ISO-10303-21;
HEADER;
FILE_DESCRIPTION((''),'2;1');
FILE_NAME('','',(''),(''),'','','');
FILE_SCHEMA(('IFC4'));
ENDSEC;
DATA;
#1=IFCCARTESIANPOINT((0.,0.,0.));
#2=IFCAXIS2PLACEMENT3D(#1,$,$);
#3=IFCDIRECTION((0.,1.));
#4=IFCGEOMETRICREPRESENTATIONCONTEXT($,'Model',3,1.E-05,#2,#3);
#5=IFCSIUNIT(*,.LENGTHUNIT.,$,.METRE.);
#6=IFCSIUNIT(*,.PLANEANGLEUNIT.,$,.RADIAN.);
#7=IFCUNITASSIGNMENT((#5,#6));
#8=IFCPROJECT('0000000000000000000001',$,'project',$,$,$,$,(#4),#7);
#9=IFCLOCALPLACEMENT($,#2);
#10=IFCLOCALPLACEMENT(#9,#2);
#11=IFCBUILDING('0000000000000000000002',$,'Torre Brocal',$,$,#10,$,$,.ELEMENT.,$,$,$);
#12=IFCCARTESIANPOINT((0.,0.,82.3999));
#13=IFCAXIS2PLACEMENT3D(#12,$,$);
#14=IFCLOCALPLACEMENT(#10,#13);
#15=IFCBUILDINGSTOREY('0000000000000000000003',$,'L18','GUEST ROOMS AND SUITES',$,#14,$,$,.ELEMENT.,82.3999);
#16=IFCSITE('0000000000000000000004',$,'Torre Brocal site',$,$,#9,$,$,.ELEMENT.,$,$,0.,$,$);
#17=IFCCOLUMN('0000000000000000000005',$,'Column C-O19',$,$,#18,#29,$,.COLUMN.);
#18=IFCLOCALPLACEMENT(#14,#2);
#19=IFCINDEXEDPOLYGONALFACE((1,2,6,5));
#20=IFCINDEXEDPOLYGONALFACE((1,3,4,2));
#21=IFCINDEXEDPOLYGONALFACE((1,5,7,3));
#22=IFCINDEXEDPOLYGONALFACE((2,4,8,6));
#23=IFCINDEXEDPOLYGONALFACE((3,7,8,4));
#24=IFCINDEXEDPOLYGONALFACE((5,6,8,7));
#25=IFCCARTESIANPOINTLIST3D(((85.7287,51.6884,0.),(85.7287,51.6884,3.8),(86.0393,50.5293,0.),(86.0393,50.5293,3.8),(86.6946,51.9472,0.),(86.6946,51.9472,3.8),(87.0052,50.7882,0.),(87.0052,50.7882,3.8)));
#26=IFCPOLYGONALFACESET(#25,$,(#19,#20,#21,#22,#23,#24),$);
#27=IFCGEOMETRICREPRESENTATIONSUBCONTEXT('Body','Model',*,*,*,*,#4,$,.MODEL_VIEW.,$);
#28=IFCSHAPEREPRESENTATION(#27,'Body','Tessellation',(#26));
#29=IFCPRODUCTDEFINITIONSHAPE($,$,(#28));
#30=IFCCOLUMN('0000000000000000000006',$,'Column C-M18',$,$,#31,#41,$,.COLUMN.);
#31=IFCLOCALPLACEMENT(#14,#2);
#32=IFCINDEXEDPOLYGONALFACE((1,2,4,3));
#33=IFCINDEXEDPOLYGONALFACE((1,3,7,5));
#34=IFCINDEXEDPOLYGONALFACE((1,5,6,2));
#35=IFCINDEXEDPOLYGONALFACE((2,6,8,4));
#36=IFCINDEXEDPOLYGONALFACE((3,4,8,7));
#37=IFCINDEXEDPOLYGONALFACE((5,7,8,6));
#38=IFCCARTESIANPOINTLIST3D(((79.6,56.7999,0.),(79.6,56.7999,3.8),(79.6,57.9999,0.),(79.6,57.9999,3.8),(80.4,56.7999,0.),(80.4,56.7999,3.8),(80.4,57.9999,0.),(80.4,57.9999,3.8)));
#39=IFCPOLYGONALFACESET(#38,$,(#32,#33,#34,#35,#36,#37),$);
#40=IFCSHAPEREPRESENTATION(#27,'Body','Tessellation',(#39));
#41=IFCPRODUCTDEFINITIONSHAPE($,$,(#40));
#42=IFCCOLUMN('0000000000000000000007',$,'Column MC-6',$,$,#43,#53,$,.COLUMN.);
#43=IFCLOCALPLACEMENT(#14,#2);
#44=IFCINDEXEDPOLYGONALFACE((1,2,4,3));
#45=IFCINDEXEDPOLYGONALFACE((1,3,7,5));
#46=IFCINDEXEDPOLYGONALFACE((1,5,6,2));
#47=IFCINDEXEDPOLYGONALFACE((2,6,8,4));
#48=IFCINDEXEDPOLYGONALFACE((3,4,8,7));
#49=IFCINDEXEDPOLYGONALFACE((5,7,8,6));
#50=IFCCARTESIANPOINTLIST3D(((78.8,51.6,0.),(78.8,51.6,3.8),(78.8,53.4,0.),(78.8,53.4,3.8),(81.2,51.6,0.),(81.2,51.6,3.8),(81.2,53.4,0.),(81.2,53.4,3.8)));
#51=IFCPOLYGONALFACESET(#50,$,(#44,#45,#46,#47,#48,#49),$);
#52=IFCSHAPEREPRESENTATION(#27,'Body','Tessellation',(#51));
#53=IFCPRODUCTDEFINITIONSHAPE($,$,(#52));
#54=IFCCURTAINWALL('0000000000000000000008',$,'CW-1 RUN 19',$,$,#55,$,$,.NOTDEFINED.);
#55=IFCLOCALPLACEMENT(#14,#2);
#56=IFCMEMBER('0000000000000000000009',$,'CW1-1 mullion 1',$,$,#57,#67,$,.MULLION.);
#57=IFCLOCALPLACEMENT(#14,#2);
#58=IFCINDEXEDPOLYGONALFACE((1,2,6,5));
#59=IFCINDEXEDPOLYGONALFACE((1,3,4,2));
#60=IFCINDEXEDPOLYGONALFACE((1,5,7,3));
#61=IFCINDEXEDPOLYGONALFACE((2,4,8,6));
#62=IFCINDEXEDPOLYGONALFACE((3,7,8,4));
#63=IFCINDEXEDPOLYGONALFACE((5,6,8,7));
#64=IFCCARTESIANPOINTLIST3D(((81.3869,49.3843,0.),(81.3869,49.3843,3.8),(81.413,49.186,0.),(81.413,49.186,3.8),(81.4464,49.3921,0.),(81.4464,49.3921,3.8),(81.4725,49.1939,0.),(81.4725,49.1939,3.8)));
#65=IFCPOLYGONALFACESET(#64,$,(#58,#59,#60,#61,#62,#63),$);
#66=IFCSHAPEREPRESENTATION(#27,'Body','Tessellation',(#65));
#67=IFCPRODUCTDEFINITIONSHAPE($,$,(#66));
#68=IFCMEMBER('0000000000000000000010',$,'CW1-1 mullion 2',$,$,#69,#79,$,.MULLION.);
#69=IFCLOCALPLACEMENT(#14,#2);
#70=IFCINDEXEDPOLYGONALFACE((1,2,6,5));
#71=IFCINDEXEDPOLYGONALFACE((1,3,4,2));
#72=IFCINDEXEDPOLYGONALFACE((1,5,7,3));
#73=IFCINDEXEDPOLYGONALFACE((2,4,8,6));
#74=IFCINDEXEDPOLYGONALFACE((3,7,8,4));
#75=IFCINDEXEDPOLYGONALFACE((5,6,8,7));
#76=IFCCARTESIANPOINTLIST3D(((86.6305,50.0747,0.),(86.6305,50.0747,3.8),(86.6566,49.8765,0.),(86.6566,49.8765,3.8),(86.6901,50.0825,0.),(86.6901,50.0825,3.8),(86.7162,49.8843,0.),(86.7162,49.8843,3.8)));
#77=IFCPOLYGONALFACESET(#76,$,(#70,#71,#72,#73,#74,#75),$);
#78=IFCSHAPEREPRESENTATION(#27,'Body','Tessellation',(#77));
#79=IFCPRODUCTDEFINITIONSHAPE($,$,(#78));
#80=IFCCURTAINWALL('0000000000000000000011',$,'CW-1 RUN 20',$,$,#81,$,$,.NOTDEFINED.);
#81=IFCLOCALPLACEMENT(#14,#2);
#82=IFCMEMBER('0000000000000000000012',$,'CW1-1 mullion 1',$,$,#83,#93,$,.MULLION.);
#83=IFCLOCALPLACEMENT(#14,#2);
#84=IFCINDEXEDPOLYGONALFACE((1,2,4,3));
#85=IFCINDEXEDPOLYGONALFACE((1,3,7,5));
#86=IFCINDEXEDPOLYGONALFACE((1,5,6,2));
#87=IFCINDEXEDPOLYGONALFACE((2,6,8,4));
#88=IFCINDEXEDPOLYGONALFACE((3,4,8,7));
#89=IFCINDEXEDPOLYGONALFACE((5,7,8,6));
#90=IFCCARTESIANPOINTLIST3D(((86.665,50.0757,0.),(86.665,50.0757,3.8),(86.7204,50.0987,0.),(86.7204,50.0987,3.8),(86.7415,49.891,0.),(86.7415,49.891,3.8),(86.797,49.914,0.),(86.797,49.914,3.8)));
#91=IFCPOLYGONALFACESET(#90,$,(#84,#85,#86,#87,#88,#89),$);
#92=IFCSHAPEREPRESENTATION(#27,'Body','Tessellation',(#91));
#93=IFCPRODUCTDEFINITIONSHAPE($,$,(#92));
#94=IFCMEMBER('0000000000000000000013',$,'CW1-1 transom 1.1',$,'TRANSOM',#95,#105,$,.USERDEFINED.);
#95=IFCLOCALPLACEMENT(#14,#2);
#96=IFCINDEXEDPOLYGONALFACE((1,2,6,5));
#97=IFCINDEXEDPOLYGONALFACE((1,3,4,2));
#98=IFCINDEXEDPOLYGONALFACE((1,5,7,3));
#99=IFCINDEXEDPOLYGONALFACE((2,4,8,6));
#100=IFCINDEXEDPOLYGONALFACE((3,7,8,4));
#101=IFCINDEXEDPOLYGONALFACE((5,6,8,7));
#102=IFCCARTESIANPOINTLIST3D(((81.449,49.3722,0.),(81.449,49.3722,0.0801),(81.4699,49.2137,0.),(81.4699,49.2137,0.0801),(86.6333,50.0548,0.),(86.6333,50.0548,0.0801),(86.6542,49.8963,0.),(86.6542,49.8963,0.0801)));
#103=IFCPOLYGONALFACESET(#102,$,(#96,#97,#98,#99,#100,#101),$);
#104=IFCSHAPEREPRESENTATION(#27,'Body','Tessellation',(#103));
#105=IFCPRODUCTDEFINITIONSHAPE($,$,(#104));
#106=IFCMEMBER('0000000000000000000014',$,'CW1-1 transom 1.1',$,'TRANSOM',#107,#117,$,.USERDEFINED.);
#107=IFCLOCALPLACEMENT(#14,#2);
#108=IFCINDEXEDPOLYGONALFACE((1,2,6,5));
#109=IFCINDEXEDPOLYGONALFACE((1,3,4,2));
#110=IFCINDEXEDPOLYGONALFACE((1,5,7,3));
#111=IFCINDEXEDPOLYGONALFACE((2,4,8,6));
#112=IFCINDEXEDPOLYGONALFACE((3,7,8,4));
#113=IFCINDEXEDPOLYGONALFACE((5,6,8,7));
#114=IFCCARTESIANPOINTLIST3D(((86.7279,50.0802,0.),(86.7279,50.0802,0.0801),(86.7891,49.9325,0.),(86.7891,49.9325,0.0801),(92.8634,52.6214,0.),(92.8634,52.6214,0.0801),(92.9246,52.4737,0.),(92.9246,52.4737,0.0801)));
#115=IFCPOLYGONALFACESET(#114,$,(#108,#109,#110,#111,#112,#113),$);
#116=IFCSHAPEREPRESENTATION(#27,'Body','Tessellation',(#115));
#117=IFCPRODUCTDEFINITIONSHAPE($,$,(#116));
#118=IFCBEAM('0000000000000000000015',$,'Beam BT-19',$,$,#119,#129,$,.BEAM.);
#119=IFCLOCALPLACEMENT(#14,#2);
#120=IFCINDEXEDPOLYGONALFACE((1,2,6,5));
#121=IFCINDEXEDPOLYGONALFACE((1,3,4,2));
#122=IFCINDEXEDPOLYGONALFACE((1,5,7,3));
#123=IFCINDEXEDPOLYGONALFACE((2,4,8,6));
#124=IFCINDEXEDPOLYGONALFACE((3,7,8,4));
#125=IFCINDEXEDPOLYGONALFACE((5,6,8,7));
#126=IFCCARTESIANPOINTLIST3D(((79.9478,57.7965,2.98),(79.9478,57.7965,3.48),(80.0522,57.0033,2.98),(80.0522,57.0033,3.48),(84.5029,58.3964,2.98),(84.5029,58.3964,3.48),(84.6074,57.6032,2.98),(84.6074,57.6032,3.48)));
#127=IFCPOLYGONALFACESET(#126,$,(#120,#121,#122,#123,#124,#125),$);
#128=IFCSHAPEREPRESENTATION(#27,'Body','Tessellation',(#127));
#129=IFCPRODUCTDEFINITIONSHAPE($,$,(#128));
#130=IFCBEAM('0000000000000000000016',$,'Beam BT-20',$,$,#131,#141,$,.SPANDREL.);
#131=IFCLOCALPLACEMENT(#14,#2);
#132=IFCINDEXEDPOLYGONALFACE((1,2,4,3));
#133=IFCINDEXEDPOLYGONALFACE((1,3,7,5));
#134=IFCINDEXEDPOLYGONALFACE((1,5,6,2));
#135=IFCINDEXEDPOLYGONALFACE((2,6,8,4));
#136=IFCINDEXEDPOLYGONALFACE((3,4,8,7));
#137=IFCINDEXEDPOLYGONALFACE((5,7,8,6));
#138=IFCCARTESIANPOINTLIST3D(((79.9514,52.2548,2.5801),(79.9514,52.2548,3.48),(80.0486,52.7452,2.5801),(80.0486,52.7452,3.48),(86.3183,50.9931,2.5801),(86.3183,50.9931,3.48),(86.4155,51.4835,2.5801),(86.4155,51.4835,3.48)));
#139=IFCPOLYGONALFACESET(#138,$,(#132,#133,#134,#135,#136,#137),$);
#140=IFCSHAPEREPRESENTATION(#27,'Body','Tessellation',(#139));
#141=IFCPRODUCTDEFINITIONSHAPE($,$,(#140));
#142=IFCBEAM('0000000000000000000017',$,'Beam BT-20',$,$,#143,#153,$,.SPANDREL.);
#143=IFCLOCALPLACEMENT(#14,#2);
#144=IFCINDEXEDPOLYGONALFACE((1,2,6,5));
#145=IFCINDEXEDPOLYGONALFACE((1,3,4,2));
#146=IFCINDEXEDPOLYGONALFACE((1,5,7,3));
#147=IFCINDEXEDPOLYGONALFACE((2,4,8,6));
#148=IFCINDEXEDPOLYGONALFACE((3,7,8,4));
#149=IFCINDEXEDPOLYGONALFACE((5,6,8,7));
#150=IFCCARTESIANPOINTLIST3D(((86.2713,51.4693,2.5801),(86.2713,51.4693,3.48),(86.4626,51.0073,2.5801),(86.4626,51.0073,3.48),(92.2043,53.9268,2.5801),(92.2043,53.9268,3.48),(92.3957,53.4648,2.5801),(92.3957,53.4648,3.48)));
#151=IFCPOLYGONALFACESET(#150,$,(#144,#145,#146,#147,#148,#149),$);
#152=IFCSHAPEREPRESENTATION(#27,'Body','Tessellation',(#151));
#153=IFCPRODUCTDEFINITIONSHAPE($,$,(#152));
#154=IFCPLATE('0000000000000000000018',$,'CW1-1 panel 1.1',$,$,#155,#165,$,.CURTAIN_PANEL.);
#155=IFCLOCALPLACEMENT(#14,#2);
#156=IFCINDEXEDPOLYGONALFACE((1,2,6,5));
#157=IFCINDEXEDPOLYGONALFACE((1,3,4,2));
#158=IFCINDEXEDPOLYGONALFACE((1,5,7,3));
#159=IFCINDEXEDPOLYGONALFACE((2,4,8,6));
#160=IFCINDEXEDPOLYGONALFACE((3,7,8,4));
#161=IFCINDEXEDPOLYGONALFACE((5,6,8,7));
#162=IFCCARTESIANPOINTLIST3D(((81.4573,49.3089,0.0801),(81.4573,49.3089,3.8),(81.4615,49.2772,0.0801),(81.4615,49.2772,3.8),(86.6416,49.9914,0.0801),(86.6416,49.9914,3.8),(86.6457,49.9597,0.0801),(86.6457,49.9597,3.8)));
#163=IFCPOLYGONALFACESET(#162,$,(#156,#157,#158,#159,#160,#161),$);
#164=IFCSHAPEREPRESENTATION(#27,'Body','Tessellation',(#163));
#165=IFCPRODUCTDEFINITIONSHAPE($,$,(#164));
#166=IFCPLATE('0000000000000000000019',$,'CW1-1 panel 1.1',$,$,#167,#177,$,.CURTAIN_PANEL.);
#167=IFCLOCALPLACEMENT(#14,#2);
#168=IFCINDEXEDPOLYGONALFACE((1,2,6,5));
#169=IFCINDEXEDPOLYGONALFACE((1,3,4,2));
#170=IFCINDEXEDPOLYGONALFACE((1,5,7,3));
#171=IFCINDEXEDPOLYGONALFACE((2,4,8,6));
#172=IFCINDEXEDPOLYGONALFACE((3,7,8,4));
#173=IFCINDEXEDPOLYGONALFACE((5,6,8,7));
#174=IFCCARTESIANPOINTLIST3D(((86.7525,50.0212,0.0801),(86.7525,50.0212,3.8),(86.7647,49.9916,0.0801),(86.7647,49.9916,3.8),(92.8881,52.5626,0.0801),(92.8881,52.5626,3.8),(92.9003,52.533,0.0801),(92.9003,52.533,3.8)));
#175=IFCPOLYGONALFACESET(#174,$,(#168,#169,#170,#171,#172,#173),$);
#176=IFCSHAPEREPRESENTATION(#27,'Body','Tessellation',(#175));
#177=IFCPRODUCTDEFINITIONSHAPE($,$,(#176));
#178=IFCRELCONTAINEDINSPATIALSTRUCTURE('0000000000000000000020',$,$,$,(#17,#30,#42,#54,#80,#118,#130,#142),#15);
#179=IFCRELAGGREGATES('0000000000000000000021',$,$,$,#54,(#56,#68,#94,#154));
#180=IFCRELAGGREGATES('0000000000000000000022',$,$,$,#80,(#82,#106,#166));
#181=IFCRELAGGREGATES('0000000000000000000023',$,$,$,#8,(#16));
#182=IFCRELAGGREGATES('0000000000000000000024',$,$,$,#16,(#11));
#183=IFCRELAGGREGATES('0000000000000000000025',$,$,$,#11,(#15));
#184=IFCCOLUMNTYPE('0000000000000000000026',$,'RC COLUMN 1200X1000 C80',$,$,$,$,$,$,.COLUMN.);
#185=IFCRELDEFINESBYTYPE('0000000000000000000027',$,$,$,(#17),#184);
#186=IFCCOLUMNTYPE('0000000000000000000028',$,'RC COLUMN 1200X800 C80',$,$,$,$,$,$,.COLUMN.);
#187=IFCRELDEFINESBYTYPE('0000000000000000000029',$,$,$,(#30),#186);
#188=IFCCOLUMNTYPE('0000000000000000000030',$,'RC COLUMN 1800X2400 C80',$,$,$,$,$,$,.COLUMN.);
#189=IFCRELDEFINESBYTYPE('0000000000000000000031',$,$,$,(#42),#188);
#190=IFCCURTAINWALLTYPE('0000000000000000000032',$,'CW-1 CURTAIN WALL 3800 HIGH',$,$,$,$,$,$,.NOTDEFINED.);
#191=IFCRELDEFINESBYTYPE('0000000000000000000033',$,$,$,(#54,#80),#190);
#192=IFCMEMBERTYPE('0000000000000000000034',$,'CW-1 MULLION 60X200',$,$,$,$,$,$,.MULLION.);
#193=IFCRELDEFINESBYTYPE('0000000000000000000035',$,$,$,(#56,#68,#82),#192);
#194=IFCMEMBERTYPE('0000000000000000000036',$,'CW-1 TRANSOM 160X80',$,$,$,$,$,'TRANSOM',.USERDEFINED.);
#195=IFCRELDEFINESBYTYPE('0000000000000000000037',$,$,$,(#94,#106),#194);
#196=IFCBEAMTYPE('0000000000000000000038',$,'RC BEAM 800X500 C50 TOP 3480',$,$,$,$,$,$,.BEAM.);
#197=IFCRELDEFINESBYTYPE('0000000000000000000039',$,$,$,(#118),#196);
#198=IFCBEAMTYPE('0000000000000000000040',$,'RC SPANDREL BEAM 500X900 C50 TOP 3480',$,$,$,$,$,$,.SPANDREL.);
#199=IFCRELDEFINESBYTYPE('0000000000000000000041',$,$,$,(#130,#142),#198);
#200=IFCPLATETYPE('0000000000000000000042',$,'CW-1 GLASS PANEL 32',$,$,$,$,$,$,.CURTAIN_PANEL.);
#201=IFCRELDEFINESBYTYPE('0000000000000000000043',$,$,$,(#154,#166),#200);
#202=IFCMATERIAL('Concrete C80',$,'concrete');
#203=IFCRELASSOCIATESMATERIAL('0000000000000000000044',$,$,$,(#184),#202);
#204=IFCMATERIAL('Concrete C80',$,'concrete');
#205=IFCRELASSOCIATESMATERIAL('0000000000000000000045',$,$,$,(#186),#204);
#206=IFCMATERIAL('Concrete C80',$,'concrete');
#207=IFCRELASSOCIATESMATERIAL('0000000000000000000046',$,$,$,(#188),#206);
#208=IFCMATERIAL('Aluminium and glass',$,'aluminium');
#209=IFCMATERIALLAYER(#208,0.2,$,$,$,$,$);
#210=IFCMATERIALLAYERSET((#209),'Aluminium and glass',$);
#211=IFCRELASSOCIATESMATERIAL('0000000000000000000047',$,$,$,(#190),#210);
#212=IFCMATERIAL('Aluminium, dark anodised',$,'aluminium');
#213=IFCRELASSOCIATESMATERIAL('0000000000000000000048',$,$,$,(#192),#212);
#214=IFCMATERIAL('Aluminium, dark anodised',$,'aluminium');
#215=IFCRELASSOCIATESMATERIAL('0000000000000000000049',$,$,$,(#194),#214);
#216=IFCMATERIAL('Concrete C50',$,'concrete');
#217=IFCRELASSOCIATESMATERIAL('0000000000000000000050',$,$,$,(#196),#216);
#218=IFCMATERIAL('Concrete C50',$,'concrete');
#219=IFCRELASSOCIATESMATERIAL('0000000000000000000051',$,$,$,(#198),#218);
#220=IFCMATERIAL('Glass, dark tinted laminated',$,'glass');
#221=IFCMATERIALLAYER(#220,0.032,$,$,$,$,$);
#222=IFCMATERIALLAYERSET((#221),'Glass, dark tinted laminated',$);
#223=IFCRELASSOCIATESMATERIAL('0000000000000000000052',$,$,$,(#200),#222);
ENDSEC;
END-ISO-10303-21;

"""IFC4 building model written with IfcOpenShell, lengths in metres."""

from ifc_helpers import new_model, si_unit, direction, frame, origin, origin_2d, place, context, subcontext, project, spatial, rectangle, extrude, material, layer, layer_set, material_profile, profile_set, type_object, element, aggregate, save


model = new_model("IFC4")

# Units and contexts
model_context = context("Model", 3, precision=1e-05, world=origin(), true_north=direction((0.0, 1.0)))
body_context = subcontext(model_context, "Body", "Model", "MODEL_VIEW")
ifc_project = project(units=[si_unit("LENGTHUNIT", "METRE"), si_unit("PLANEANGLEUNIT", "RADIAN")], contexts=[model_context])

# Site, building, storey
site_placement = place(None, origin())
site = spatial("IfcSite", under=ifc_project, at=site_placement, Name="Torre Brocal site", CompositionType="ELEMENT", RefElevation=0.0)
building_placement = place(site_placement, origin())
building = spatial("IfcBuilding", under=site, at=building_placement, Name="Torre Brocal", CompositionType="ELEMENT")
storey_placement = place(building_placement, frame((0.0, 0.0, 82.3999)))
storey = spatial("IfcBuildingStorey", under=building, at=storey_placement, Name="L18", Description="GUEST ROOMS AND SUITES", CompositionType="ELEMENT", Elevation=82.3999)

# Columns
ifc_material_1 = material(Name="Concrete C80", Category="concrete")
ifc_material_profile_1 = material_profile(ifc_material_1, rectangle(XDim=1.2, YDim=1.0, at=origin_2d()), Name="RC 1200X1000")
ifc_profile_set_1 = profile_set([ifc_material_profile_1], Name="Concrete C80")
column_type_1 = type_object("IfcColumnType", Name="RC COLUMN 1200X1000 C80", PredefinedType="COLUMN", material=ifc_profile_set_1)
column_1_placement = place(storey_placement, frame((86.3669, 51.2383, 0.0), z_axis=(0.0, 0.0, 1.0), x_axis=(0.258819, -0.965926, 0.0)))
element("IfcColumn", 1, at=column_1_placement, inside=storey, type_object=column_type_1, Name="Column C-O19", PredefinedType="COLUMN", context=body_context, shape_type="SweptSolid", body=[
    extrude(rectangle(XDim=1.2, YDim=1.0, at=origin_2d()), origin(), (0.0, 0.0, 1.0), 3.8),
])
ifc_material_2 = material(Name="Concrete C80", Category="concrete")
ifc_material_profile_2 = material_profile(ifc_material_2, rectangle(XDim=1.2, YDim=0.8, at=origin_2d()), Name="RC 1200X800")
ifc_profile_set_2 = profile_set([ifc_material_profile_2], Name="Concrete C80")
column_type_2 = type_object("IfcColumnType", Name="RC COLUMN 1200X800 C80", PredefinedType="COLUMN", material=ifc_profile_set_2)
column_2_placement = place(storey_placement, frame((80.0, 57.3999, 0.0), z_axis=(0.0, 0.0, 1.0), x_axis=(0.0, -1.0, 0.0)))
element("IfcColumn", 2, at=column_2_placement, inside=storey, type_object=column_type_2, Name="Column C-M18", PredefinedType="COLUMN", context=body_context, shape_type="SweptSolid", body=[
    extrude(rectangle(XDim=1.2, YDim=0.8, at=origin_2d()), origin(), (0.0, 0.0, 1.0), 3.8),
])
ifc_material_3 = material(Name="Concrete C80", Category="concrete")
ifc_material_profile_3 = material_profile(ifc_material_3, rectangle(XDim=1.8, YDim=2.3999, at=origin_2d()), Name="RC 1800X2400")
ifc_profile_set_3 = profile_set([ifc_material_profile_3], Name="Concrete C80")
column_type_3 = type_object("IfcColumnType", Name="RC COLUMN 1800X2400 C80", PredefinedType="COLUMN", material=ifc_profile_set_3)
column_3_placement = place(storey_placement, frame((80.0, 52.5, 0.0), z_axis=(0.0, 0.0, 1.0), x_axis=(0.0, -1.0, 0.0)))
element("IfcColumn", 3, at=column_3_placement, inside=storey, type_object=column_type_3, Name="Column MC-6", PredefinedType="COLUMN", context=body_context, shape_type="SweptSolid", body=[
    extrude(rectangle(XDim=1.8, YDim=2.3999, at=origin_2d()), origin(), (0.0, 0.0, 1.0), 3.8),
])

# Curtain wall, members
ifc_material_4 = material(Name="Aluminium and glass", Category="aluminium")
ifc_layer_1 = layer(ifc_material_4, 0.2)
ifc_layer_set_1 = layer_set([ifc_layer_1], Name="Aluminium and glass")
curtain_wall_type = type_object("IfcCurtainWallType", Name="CW-1 CURTAIN WALL 3800 HIGH", PredefinedType="NOTDEFINED", material=ifc_layer_set_1)
curtain_wall_1_placement = place(storey_placement, origin())
curtain_wall_1 = element("IfcCurtainWall", 4, at=curtain_wall_1_placement, inside=storey, type_object=curtain_wall_type, Name="CW-1 RUN 19", PredefinedType="NOTDEFINED")
ifc_material_5 = material(Name="Aluminium, dark anodised", Category="aluminium")
ifc_material_profile_4 = material_profile(ifc_material_5, rectangle(XDim=0.2, YDim=0.0601, at=origin_2d()), Name="CW-1 MULLION 60X200")
ifc_profile_set_4 = profile_set([ifc_material_profile_4], Name="Aluminium, dark anodised")
member_type_1 = type_object("IfcMemberType", Name="CW-1 MULLION 60X200", PredefinedType="MULLION", material=ifc_profile_set_4)
member_1_placement = place(storey_placement, frame((81.4297, 49.2891, 0.0), z_axis=(0.0, 0.0, 1.0), x_axis=(-0.130526, 0.991445, 0.0)))
member_1 = element("IfcMember", 5, at=member_1_placement, type_object=member_type_1, Name="CW1-1 mullion 1", PredefinedType="MULLION", context=body_context, shape_type="SweptSolid", body=[
    extrude(rectangle(XDim=0.2, YDim=0.0601, at=origin_2d()), origin(), (0.0, 0.0, 1.0), 3.8),
])
member_2_placement = place(storey_placement, frame((86.6733, 49.9795, 0.0), z_axis=(0.0, 0.0, 1.0), x_axis=(-0.130526, 0.991445, 0.0)))
member_2 = element("IfcMember", 6, at=member_2_placement, type_object=member_type_1, Name="CW1-1 mullion 2", PredefinedType="MULLION", context=body_context, shape_type="SweptSolid", body=[
    extrude(rectangle(XDim=0.2, YDim=0.0601, at=origin_2d()), origin(), (0.0, 0.0, 1.0), 3.8),
])

# Curtain wall, member
curtain_wall_2_placement = place(storey_placement, origin())
curtain_wall_2 = element("IfcCurtainWall", 7, at=curtain_wall_2_placement, inside=storey, type_object=curtain_wall_type, Name="CW-1 RUN 20", PredefinedType="NOTDEFINED")
member_3_placement = place(storey_placement, frame((86.731, 49.9949, 0.0), z_axis=(0.0, 0.0, 1.0), x_axis=(-0.382683, 0.92388, 0.0)))
member_3 = element("IfcMember", 8, at=member_3_placement, type_object=member_type_1, Name="CW1-1 mullion 1", PredefinedType="MULLION", context=body_context, shape_type="SweptSolid", body=[
    extrude(rectangle(XDim=0.2, YDim=0.0601, at=origin_2d()), origin(), (0.0, 0.0, 1.0), 3.8),
])

# Members
ifc_material_6 = material(Name="Aluminium, dark anodised", Category="aluminium")
ifc_material_profile_5 = material_profile(ifc_material_6, rectangle(XDim=0.1599, YDim=0.0801, at=origin_2d()), Name="CW-1 TRANSOM 160X80")
ifc_profile_set_5 = profile_set([ifc_material_profile_5], Name="Aluminium, dark anodised")
member_type_2 = type_object("IfcMemberType", Name="CW-1 TRANSOM 160X80", ElementType="TRANSOM", PredefinedType="USERDEFINED", material=ifc_profile_set_5)
member_4_placement = place(storey_placement, frame((81.4595, 49.293, 0.04), z_axis=(0.991443, 0.130543, 0.0), x_axis=(-0.130543, 0.991443, 0.0)))
member_4 = element("IfcMember", 9, at=member_4_placement, type_object=member_type_2, Name="CW1-1 transom 1.1", ObjectType="TRANSOM", PredefinedType="USERDEFINED", context=body_context, shape_type="SweptSolid", body=[
    extrude(rectangle(XDim=0.1599, YDim=0.0801, at=origin_2d()), origin(), (0.0, 0.0, 1.0), 5.229),
])
member_5_placement = place(storey_placement, frame((86.7585, 50.0063, 0.04), z_axis=(0.923887, 0.382665, 0.0), x_axis=(-0.382665, 0.923887, 0.0)))
member_5 = element("IfcMember", 10, at=member_5_placement, type_object=member_type_2, Name="CW1-1 transom 1.1", ObjectType="TRANSOM", PredefinedType="USERDEFINED", context=body_context, shape_type="SweptSolid", body=[
    extrude(rectangle(XDim=0.1599, YDim=0.0801, at=origin_2d()), origin(), (0.0, 0.0, 1.0), 6.6409),
])

# Beams
ifc_material_7 = material(Name="Concrete C50", Category="concrete")
ifc_material_profile_6 = material_profile(ifc_material_7, rectangle(XDim=0.8, YDim=0.5, at=origin_2d()), Name="RC 800X500")
ifc_profile_set_6 = profile_set([ifc_material_profile_6], Name="Concrete C50")
beam_type_1 = type_object("IfcBeamType", Name="RC BEAM 800X500 C50 TOP 3480", PredefinedType="BEAM", material=ifc_profile_set_6)
beam_1_placement = place(storey_placement, frame((80.0, 57.3999, 3.23), z_axis=(0.991441, 0.130559, 0.0), x_axis=(-0.130559, 0.991441, 0.0)))
element("IfcBeam", 11, at=beam_1_placement, inside=storey, type_object=beam_type_1, Name="Beam BT-19", PredefinedType="BEAM", context=body_context, shape_type="SweptSolid", body=[
    extrude(rectangle(XDim=0.8, YDim=0.5, at=origin_2d()), origin(), (0.0, 0.0, 1.0), 4.5945),
])
ifc_material_8 = material(Name="Concrete C50", Category="concrete")
ifc_material_profile_7 = material_profile(ifc_material_8, rectangle(XDim=0.5, YDim=0.8999, at=origin_2d()), Name="RC 500X900")
ifc_profile_set_7 = profile_set([ifc_material_profile_7], Name="Concrete C50")
beam_type_2 = type_object("IfcBeamType", Name="RC SPANDREL BEAM 500X900 C50 TOP 3480", PredefinedType="SPANDREL", material=ifc_profile_set_7)
beam_2_placement = place(storey_placement, frame((80.0, 52.5, 3.03), z_axis=(0.980925, -0.194387, 0.0), x_axis=(0.194387, 0.980925, 0.0)))
element("IfcBeam", 12, at=beam_2_placement, inside=storey, type_object=beam_type_2, Name="Beam BT-20", PredefinedType="SPANDREL", context=body_context, shape_type="SweptSolid", body=[
    extrude(rectangle(XDim=0.5, YDim=0.8999, at=origin_2d()), origin(), (0.0, 0.0, 1.0), 6.4907),
])
beam_3_placement = place(storey_placement, frame((86.3669, 51.2383, 3.03), z_axis=(0.923882, 0.382676, 0.0), x_axis=(-0.382676, 0.923882, 0.0)))
element("IfcBeam", 13, at=beam_3_placement, inside=storey, type_object=beam_type_2, Name="Beam BT-20", PredefinedType="SPANDREL", context=body_context, shape_type="SweptSolid", body=[
    extrude(rectangle(XDim=0.5, YDim=0.8999, at=origin_2d()), origin(), (0.0, 0.0, 1.0), 6.4219),
])

# Plates
ifc_material_9 = material(Name="Glass, dark tinted laminated", Category="glass")
ifc_layer_2 = layer(ifc_material_9, 0.032)
ifc_layer_set_2 = layer_set([ifc_layer_2], Name="Glass, dark tinted laminated")
plate_type = type_object("IfcPlateType", Name="CW-1 GLASS PANEL 32", PredefinedType="CURTAIN_PANEL", material=ifc_layer_set_2)
plate_1_placement = place(storey_placement, frame((84.0515, 49.6343, 0.0801), z_axis=(0.0, 0.0, 1.0), x_axis=(0.991445, 0.130526, 0.0)))
plate_1 = element("IfcPlate", 14, at=plate_1_placement, type_object=plate_type, Name="CW1-1 panel 1.1", PredefinedType="CURTAIN_PANEL", context=body_context, shape_type="SweptSolid", body=[
    extrude(rectangle(XDim=5.229, YDim=0.032, at=origin_2d()), origin(), (0.0, 0.0, 1.0), 3.72),
])
aggregate(curtain_wall_1, [member_1, member_2, member_4, plate_1])
plate_2_placement = place(storey_placement, frame((89.8264, 51.2771, 0.0801), z_axis=(0.0, 0.0, 1.0), x_axis=(0.92388, 0.382683, 0.0)))
plate_2 = element("IfcPlate", 15, at=plate_2_placement, type_object=plate_type, Name="CW1-1 panel 1.1", PredefinedType="CURTAIN_PANEL", context=body_context, shape_type="SweptSolid", body=[
    extrude(rectangle(XDim=6.6411, YDim=0.032, at=origin_2d()), origin(), (0.0, 0.0, 1.0), 3.72),
])
aggregate(curtain_wall_2, [member_3, member_5, plate_2])

save(model, "model.ifc")
